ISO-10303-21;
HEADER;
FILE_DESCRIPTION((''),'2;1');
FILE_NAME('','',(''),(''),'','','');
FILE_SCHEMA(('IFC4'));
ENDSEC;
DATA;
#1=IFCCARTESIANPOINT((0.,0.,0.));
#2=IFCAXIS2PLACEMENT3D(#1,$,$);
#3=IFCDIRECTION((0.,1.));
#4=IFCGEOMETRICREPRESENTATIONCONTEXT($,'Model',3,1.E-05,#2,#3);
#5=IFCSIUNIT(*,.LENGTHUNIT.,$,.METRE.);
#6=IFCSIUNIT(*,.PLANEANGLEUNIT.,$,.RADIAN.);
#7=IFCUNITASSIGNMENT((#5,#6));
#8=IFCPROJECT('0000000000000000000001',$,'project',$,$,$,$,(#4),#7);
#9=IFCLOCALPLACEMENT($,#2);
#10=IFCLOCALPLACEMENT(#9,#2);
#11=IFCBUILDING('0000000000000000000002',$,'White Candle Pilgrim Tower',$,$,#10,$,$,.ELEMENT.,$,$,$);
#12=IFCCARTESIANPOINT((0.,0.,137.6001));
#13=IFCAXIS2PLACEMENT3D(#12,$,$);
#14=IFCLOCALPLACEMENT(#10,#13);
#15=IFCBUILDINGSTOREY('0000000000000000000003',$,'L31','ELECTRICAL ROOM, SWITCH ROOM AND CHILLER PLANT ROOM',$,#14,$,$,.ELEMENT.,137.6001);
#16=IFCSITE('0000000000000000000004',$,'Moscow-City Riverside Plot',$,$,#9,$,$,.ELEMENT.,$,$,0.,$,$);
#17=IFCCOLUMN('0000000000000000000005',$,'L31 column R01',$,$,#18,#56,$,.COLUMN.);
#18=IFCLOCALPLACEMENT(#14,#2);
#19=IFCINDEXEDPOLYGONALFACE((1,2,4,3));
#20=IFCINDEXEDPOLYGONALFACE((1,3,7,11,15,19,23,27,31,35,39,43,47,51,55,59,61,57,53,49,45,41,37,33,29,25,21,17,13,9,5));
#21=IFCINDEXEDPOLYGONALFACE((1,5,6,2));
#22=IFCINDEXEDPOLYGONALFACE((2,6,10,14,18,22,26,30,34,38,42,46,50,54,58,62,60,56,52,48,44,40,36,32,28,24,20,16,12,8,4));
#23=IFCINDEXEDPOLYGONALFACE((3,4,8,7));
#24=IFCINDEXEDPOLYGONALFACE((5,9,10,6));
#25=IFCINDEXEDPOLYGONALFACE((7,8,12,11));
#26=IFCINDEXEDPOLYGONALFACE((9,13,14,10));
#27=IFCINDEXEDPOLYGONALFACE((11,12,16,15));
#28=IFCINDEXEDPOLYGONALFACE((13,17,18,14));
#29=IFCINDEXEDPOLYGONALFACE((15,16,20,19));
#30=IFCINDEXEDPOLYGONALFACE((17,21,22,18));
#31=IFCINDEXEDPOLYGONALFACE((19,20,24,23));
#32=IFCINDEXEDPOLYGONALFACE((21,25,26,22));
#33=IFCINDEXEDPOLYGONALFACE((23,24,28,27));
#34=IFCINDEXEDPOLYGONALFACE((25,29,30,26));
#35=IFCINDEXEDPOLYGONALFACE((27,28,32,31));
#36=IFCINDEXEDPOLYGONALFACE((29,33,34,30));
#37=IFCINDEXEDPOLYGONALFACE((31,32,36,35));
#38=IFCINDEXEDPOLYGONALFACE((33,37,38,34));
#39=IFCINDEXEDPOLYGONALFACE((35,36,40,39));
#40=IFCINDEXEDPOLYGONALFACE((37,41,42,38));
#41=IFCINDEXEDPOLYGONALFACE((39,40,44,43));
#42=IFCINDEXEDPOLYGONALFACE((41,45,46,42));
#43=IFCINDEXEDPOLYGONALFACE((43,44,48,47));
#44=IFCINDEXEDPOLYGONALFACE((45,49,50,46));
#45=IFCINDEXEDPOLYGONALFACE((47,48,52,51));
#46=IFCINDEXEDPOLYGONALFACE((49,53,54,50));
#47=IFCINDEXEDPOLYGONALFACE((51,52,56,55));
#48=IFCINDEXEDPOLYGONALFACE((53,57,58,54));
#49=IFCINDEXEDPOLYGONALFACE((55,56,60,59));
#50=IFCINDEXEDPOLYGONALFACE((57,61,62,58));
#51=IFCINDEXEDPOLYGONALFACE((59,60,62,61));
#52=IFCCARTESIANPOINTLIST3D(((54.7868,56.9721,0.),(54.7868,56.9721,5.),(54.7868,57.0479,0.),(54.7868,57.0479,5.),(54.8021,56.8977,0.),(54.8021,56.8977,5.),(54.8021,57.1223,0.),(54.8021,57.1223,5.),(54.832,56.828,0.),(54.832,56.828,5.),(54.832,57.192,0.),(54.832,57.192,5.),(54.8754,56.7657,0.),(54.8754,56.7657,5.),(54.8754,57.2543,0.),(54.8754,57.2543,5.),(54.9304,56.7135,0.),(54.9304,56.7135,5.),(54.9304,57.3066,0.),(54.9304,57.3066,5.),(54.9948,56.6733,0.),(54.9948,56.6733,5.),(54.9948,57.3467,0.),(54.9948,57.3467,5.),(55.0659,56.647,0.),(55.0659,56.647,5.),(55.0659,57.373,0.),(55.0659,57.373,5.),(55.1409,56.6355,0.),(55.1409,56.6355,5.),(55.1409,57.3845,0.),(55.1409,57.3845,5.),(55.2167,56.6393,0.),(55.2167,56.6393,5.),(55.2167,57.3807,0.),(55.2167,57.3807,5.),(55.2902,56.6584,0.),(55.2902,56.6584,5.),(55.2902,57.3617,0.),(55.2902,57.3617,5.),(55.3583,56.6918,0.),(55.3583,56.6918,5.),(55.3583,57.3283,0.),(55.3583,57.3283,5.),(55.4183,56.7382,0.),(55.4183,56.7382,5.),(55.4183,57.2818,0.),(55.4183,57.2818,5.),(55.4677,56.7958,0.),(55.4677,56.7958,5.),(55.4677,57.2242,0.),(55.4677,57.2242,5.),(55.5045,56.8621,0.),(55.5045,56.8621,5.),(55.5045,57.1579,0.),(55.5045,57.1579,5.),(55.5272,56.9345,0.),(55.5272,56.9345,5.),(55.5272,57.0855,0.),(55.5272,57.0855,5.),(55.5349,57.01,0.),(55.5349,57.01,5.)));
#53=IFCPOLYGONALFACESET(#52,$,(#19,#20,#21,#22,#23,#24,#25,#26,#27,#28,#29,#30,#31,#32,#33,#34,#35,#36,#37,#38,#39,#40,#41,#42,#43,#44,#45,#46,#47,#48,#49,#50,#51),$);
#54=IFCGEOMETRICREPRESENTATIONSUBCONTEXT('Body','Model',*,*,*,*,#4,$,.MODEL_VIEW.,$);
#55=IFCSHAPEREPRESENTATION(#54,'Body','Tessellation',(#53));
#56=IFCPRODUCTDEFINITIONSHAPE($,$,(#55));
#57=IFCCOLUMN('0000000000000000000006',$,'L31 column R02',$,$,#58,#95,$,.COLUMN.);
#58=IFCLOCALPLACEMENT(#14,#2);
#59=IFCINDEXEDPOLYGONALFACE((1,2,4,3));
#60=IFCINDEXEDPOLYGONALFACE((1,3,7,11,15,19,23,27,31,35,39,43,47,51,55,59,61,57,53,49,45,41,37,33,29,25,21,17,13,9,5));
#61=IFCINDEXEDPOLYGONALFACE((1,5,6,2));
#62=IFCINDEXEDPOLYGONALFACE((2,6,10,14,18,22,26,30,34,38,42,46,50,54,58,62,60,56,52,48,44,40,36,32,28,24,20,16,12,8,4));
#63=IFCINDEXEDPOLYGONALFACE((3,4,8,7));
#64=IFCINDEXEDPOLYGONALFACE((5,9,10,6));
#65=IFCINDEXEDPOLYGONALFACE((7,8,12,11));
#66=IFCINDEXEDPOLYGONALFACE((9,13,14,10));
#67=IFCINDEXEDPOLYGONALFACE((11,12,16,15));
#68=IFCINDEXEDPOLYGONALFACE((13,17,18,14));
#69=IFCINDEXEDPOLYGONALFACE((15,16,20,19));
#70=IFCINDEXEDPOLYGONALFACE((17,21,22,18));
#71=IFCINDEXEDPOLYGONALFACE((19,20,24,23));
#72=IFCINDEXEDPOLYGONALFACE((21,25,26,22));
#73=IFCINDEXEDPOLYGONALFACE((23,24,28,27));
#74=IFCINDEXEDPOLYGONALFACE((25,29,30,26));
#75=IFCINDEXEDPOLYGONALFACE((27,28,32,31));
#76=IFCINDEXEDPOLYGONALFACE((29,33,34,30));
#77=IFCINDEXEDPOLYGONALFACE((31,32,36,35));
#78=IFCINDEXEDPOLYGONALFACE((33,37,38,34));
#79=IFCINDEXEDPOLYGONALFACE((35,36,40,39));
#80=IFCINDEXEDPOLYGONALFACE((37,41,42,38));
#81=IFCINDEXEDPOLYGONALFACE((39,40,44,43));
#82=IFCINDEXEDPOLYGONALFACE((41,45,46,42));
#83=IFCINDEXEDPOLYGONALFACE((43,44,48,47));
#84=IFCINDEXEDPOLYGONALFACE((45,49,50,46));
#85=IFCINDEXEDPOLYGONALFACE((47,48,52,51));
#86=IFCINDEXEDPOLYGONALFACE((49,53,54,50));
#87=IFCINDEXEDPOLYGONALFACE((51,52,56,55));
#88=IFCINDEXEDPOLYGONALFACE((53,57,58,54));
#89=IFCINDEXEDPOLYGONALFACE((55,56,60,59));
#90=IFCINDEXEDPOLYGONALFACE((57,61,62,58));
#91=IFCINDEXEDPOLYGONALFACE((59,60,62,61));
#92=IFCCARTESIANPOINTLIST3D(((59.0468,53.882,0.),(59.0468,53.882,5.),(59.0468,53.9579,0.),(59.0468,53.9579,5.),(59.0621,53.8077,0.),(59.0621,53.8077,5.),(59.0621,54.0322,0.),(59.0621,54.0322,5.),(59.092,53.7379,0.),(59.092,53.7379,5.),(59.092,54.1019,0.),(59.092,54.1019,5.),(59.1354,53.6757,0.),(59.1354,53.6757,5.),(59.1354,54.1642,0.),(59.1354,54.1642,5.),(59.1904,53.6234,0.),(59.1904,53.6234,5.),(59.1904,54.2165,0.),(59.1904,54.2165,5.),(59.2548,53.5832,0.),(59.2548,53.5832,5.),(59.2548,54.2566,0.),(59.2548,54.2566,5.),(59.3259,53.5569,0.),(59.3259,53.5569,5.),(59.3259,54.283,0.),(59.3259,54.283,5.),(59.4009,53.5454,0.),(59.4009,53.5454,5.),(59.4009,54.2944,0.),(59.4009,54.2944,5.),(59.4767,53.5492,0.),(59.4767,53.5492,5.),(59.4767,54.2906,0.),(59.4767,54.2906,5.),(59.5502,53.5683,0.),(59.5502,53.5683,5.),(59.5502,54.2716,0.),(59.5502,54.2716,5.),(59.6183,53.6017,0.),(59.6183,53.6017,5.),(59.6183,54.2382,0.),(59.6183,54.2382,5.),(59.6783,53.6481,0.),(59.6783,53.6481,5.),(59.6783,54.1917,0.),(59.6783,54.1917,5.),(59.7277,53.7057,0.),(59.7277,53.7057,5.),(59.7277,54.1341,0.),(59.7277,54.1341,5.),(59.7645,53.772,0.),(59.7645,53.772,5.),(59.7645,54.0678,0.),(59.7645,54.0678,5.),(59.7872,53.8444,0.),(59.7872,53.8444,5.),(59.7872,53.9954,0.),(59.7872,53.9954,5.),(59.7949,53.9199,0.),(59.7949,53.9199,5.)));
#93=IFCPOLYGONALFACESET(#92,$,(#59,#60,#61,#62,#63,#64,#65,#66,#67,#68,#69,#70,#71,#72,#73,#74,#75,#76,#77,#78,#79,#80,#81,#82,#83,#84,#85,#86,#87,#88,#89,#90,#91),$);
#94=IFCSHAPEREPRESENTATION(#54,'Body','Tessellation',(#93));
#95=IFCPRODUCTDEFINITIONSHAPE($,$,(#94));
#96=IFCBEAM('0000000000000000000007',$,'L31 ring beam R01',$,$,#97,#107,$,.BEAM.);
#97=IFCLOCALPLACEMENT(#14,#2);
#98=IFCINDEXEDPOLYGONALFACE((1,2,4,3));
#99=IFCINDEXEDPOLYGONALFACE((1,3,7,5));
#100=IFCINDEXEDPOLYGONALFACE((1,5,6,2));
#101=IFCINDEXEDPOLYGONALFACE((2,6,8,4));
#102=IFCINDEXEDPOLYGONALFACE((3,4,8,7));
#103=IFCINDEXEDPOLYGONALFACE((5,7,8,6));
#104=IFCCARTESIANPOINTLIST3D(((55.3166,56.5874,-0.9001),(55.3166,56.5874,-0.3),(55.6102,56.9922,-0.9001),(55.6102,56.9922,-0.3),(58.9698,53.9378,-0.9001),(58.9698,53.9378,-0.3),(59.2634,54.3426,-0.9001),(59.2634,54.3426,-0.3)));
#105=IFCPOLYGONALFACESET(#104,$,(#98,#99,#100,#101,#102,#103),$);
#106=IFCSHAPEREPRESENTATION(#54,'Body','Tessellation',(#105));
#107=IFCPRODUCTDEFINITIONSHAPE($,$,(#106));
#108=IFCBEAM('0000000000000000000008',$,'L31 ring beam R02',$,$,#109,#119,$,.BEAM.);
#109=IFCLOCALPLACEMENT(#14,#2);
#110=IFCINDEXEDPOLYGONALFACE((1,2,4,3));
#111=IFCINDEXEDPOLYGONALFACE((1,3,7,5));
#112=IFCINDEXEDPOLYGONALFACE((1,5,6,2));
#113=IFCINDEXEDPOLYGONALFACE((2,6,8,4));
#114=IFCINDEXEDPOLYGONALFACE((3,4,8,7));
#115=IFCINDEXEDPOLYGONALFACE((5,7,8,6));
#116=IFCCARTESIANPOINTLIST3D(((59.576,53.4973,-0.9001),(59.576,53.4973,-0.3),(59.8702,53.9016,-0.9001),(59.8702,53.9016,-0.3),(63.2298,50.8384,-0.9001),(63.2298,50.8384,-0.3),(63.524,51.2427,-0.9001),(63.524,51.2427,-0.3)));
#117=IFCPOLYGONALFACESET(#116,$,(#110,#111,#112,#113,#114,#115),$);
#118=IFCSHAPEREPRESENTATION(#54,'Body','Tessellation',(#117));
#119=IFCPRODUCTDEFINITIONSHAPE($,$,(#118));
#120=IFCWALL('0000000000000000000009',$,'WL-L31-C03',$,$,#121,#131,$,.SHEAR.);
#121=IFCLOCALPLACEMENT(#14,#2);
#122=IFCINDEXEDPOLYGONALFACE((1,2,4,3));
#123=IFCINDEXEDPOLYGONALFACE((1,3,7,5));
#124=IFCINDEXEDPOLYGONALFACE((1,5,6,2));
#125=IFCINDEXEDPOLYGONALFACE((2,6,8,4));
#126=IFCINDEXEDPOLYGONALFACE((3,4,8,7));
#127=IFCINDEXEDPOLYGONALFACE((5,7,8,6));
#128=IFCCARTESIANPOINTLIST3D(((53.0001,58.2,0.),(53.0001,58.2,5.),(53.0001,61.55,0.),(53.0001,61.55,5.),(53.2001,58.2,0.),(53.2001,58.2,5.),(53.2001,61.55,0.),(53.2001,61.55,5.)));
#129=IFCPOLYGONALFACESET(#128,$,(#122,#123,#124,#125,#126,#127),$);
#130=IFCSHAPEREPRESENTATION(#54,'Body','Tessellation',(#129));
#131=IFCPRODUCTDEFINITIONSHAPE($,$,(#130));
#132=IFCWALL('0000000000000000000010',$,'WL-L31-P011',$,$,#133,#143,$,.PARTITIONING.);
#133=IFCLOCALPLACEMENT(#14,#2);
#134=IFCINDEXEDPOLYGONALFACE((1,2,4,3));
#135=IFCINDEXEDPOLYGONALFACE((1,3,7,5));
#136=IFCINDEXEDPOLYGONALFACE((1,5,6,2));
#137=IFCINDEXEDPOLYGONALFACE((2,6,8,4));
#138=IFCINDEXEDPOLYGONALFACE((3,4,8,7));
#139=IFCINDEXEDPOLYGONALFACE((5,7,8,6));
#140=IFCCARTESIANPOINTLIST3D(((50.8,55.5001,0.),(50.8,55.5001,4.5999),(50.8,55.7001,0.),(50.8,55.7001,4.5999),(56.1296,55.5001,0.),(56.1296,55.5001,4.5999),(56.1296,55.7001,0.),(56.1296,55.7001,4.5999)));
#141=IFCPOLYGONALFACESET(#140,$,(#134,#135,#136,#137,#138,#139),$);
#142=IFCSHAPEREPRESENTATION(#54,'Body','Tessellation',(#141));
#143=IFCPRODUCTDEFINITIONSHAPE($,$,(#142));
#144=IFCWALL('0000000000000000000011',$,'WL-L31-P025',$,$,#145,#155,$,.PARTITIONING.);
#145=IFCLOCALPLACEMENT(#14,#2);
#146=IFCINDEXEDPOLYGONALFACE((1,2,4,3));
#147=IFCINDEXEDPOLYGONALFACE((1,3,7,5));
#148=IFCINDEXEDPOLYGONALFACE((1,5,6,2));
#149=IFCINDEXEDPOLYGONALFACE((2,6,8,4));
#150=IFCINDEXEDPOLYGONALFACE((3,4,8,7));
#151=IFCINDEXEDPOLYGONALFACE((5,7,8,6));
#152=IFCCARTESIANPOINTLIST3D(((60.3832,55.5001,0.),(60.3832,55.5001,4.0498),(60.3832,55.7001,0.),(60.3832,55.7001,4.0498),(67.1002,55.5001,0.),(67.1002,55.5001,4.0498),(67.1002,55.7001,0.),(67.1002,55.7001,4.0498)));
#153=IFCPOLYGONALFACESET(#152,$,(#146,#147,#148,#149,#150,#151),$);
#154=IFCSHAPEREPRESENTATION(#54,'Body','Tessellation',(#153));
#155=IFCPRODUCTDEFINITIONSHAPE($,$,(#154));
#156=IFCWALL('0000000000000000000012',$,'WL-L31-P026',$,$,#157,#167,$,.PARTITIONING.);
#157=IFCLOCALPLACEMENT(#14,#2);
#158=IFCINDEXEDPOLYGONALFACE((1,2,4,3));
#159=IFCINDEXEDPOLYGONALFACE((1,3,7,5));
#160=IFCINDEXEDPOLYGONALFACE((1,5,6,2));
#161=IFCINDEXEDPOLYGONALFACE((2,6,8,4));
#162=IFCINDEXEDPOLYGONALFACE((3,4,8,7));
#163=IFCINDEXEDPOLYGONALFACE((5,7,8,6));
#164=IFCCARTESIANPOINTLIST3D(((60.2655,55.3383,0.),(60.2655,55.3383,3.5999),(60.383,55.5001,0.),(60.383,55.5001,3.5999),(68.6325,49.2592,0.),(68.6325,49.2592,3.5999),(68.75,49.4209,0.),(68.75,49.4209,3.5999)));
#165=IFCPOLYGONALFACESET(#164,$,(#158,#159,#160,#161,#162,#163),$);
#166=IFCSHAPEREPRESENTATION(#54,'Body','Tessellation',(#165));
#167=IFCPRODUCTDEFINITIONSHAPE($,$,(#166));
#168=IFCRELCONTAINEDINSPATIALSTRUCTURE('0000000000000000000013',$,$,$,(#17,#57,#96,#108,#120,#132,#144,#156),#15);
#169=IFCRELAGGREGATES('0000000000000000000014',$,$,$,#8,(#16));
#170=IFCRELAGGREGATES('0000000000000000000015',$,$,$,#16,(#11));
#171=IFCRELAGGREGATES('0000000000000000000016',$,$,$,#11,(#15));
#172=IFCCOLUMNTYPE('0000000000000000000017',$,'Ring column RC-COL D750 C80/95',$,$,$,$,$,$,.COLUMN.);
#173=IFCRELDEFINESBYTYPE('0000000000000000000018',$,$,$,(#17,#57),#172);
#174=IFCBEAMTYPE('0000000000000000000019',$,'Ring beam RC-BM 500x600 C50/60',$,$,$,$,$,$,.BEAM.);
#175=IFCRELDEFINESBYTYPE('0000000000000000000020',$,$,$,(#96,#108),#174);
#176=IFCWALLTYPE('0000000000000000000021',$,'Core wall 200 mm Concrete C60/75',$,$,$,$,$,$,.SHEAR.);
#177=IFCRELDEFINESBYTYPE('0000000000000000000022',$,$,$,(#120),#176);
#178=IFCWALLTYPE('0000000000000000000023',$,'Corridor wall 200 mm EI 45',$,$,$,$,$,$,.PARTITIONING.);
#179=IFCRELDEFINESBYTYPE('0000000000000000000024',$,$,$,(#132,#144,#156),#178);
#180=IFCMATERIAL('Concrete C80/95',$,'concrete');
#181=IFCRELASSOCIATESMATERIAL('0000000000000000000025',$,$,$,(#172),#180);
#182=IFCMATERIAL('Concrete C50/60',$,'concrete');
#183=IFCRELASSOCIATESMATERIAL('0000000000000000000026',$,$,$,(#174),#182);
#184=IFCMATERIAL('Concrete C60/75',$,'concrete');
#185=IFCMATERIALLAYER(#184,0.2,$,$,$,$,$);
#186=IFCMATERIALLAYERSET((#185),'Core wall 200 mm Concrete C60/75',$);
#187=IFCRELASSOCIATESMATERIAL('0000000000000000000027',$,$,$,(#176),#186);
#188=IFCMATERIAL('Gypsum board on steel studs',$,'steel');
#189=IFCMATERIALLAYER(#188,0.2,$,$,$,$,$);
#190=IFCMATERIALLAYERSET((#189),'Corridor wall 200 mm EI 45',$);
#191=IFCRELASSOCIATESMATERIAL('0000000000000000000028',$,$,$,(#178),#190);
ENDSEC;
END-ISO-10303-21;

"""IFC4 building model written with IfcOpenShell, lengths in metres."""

from ifc_helpers import new_model, si_unit, direction, frame, frame_2d, origin, origin_2d, place, context, subcontext, project, spatial, rectangle, circle, extrude, material, layer, layer_set, material_profile, profile_set, type_object, element, save


model = new_model("IFC4")

# Units and contexts
model_context = context("Model", 3, precision=1e-05, world=origin(), true_north=direction((0.0, 1.0)))
body_context = subcontext(model_context, "Body", "Model", "MODEL_VIEW")
ifc_project = project(units=[si_unit("LENGTHUNIT", "METRE"), si_unit("PLANEANGLEUNIT", "RADIAN")], contexts=[model_context])

# Site, building, storey
site_placement = place(None, origin())
site = spatial("IfcSite", under=ifc_project, at=site_placement, Name="Moscow-City Riverside Plot", CompositionType="ELEMENT", RefElevation=0.0)
building_placement = place(site_placement, origin())
building = spatial("IfcBuilding", under=site, at=building_placement, Name="White Candle Pilgrim Tower", CompositionType="ELEMENT")
storey_placement = place(building_placement, frame((0.0, 0.0, 137.6001)))
storey = spatial("IfcBuildingStorey", under=building, at=storey_placement, Name="L31", Description="ELECTRICAL ROOM, SWITCH ROOM AND CHILLER PLANT ROOM", CompositionType="ELEMENT", Elevation=137.6001)

# Columns
ifc_material_1 = material(Name="Concrete C80/95", Category="concrete")
ifc_material_profile_1 = material_profile(ifc_material_1, circle(Radius=0.375, at=origin_2d()), Name="RC-COL D750")
ifc_profile_set_1 = profile_set([ifc_material_profile_1], Name="Concrete C80/95")
column_type = type_object("IfcColumnType", Name="Ring column RC-COL D750 C80/95", PredefinedType="COLUMN", material=ifc_profile_set_1)
for number, where, z_axis, x_axis, name in (
    (1, (55.1599, 57.01, 0.0), (0.0, 0.0, 1.0), (1.0, 0.0, 0.0), "L31 column R01"),
    (2, (59.4199, 53.9199, 0.0), (0.0, 0.0, 1.0), (1.0, 0.0, 0.0), "L31 column R02"),
):
    element("IfcColumn", number, at=place(storey_placement, frame(where, z_axis=z_axis, x_axis=x_axis)), inside=storey, type_object=column_type, Name=name, PredefinedType="COLUMN", context=body_context, shape_type="SweptSolid", body=[
        extrude(circle(Radius=0.375, at=origin_2d()), origin(), (0.0, 0.0, 1.0), 5.0),
    ])

# Beams
ifc_material_2 = material(Name="Concrete C50/60", Category="concrete")
ifc_material_profile_2 = material_profile(ifc_material_2, rectangle(XDim=0.5, YDim=0.6001, at=origin_2d()), Name="RC-BM 500x600")
ifc_profile_set_2 = profile_set([ifc_material_profile_2], Name="Concrete C50/60")
beam_type = type_object("IfcBeamType", Name="Ring beam RC-BM 500x600 C50/60", PredefinedType="BEAM", material=ifc_profile_set_2)
beam_1_placement = place(storey_placement, frame((55.4634, 56.7898, -0.6001), z_axis=(0.809505, -0.587113, 0.0), x_axis=(0.587113, 0.809505, 0.0)))
element("IfcBeam", 3, at=beam_1_placement, inside=storey, type_object=beam_type, Name="L31 ring beam R01", PredefinedType="BEAM", context=body_context, shape_type="SweptSolid", body=[
    extrude(rectangle(XDim=0.5, YDim=0.6001, at=origin_2d()), origin(), (0.0, 0.0, 1.0), 4.5129),
])
beam_2_placement = place(storey_placement, frame((59.7231, 53.6995, -0.6001), z_axis=(0.808566, -0.588406, 0.0), x_axis=(0.588406, 0.808566, 0.0)))
element("IfcBeam", 4, at=beam_2_placement, inside=storey, type_object=beam_type, Name="L31 ring beam R02", PredefinedType="BEAM", context=body_context, shape_type="SweptSolid", body=[
    extrude(rectangle(XDim=0.5, YDim=0.6001, at=origin_2d()), origin(), (0.0, 0.0, 1.0), 4.5188),
])

# Walls
ifc_material_3 = material(Name="Concrete C60/75", Category="concrete")
ifc_layer_1 = layer(ifc_material_3, 0.2)
ifc_layer_set_1 = layer_set([ifc_layer_1], Name="Core wall 200 mm Concrete C60/75")
wall_type_1 = type_object("IfcWallType", Name="Core wall 200 mm Concrete C60/75", PredefinedType="SHEAR", material=ifc_layer_set_1)
wall_1_placement = place(storey_placement, frame((53.1001, 58.2, 0.0), z_axis=(0.0, 0.0, 1.0), x_axis=(0.0, 1.0, 0.0)))
element("IfcWall", 5, at=wall_1_placement, inside=storey, type_object=wall_type_1, Name="WL-L31-C03", PredefinedType="SHEAR", context=body_context, shape_type="SweptSolid", body=[
    extrude(rectangle(XDim=3.3501, YDim=0.2, at=frame_2d((1.675, 0.0))), origin(), (0.0, 0.0, 1.0), 5.0),
])
ifc_material_4 = material(Name="Gypsum board on steel studs", Category="steel")
ifc_layer_2 = layer(ifc_material_4, 0.2)
ifc_layer_set_2 = layer_set([ifc_layer_2], Name="Corridor wall 200 mm EI 45")
wall_type_2 = type_object("IfcWallType", Name="Corridor wall 200 mm EI 45", PredefinedType="PARTITIONING", material=ifc_layer_set_2)
wall_2_placement = place(storey_placement, frame((56.1296, 55.6001, 0.0), z_axis=(0.0, 0.0, 1.0), x_axis=(-1.0, 0.0, 0.0)))
element("IfcWall", 6, at=wall_2_placement, inside=storey, type_object=wall_type_2, Name="WL-L31-P011", PredefinedType="PARTITIONING", context=body_context, shape_type="SweptSolid", body=[
    extrude(rectangle(XDim=5.3296, YDim=0.2, at=frame_2d((2.6648, 0.0))), origin(), (0.0, 0.0, 1.0), 4.5999),
])
wall_3_placement = place(storey_placement, frame((67.1001, 55.6001, 0.0), z_axis=(0.0, 0.0, 1.0), x_axis=(-1.0, 0.0, 0.0)))
element("IfcWall", 7, at=wall_3_placement, inside=storey, type_object=wall_type_2, Name="WL-L31-P025", PredefinedType="PARTITIONING", context=body_context, shape_type="SweptSolid", body=[
    extrude(rectangle(XDim=6.717, YDim=0.2, at=frame_2d((3.3584, 0.0))), origin(), (0.0, 0.0, 1.0), 4.0498),
])
wall_4_placement = place(storey_placement, frame((60.3242, 55.4192, 0.0), z_axis=(0.0, 0.0, 1.0), x_axis=(0.80901, -0.587795, 0.0)))
element("IfcWall", 8, at=wall_4_placement, inside=storey, type_object=wall_type_2, Name="WL-L31-P026", PredefinedType="PARTITIONING", context=body_context, shape_type="SweptSolid", body=[
    extrude(rectangle(XDim=10.3423, YDim=0.2, at=frame_2d((5.1711, 0.0))), origin(), (0.0, 0.0, 1.0), 3.5999),
])

save(model, "model.ifc")
